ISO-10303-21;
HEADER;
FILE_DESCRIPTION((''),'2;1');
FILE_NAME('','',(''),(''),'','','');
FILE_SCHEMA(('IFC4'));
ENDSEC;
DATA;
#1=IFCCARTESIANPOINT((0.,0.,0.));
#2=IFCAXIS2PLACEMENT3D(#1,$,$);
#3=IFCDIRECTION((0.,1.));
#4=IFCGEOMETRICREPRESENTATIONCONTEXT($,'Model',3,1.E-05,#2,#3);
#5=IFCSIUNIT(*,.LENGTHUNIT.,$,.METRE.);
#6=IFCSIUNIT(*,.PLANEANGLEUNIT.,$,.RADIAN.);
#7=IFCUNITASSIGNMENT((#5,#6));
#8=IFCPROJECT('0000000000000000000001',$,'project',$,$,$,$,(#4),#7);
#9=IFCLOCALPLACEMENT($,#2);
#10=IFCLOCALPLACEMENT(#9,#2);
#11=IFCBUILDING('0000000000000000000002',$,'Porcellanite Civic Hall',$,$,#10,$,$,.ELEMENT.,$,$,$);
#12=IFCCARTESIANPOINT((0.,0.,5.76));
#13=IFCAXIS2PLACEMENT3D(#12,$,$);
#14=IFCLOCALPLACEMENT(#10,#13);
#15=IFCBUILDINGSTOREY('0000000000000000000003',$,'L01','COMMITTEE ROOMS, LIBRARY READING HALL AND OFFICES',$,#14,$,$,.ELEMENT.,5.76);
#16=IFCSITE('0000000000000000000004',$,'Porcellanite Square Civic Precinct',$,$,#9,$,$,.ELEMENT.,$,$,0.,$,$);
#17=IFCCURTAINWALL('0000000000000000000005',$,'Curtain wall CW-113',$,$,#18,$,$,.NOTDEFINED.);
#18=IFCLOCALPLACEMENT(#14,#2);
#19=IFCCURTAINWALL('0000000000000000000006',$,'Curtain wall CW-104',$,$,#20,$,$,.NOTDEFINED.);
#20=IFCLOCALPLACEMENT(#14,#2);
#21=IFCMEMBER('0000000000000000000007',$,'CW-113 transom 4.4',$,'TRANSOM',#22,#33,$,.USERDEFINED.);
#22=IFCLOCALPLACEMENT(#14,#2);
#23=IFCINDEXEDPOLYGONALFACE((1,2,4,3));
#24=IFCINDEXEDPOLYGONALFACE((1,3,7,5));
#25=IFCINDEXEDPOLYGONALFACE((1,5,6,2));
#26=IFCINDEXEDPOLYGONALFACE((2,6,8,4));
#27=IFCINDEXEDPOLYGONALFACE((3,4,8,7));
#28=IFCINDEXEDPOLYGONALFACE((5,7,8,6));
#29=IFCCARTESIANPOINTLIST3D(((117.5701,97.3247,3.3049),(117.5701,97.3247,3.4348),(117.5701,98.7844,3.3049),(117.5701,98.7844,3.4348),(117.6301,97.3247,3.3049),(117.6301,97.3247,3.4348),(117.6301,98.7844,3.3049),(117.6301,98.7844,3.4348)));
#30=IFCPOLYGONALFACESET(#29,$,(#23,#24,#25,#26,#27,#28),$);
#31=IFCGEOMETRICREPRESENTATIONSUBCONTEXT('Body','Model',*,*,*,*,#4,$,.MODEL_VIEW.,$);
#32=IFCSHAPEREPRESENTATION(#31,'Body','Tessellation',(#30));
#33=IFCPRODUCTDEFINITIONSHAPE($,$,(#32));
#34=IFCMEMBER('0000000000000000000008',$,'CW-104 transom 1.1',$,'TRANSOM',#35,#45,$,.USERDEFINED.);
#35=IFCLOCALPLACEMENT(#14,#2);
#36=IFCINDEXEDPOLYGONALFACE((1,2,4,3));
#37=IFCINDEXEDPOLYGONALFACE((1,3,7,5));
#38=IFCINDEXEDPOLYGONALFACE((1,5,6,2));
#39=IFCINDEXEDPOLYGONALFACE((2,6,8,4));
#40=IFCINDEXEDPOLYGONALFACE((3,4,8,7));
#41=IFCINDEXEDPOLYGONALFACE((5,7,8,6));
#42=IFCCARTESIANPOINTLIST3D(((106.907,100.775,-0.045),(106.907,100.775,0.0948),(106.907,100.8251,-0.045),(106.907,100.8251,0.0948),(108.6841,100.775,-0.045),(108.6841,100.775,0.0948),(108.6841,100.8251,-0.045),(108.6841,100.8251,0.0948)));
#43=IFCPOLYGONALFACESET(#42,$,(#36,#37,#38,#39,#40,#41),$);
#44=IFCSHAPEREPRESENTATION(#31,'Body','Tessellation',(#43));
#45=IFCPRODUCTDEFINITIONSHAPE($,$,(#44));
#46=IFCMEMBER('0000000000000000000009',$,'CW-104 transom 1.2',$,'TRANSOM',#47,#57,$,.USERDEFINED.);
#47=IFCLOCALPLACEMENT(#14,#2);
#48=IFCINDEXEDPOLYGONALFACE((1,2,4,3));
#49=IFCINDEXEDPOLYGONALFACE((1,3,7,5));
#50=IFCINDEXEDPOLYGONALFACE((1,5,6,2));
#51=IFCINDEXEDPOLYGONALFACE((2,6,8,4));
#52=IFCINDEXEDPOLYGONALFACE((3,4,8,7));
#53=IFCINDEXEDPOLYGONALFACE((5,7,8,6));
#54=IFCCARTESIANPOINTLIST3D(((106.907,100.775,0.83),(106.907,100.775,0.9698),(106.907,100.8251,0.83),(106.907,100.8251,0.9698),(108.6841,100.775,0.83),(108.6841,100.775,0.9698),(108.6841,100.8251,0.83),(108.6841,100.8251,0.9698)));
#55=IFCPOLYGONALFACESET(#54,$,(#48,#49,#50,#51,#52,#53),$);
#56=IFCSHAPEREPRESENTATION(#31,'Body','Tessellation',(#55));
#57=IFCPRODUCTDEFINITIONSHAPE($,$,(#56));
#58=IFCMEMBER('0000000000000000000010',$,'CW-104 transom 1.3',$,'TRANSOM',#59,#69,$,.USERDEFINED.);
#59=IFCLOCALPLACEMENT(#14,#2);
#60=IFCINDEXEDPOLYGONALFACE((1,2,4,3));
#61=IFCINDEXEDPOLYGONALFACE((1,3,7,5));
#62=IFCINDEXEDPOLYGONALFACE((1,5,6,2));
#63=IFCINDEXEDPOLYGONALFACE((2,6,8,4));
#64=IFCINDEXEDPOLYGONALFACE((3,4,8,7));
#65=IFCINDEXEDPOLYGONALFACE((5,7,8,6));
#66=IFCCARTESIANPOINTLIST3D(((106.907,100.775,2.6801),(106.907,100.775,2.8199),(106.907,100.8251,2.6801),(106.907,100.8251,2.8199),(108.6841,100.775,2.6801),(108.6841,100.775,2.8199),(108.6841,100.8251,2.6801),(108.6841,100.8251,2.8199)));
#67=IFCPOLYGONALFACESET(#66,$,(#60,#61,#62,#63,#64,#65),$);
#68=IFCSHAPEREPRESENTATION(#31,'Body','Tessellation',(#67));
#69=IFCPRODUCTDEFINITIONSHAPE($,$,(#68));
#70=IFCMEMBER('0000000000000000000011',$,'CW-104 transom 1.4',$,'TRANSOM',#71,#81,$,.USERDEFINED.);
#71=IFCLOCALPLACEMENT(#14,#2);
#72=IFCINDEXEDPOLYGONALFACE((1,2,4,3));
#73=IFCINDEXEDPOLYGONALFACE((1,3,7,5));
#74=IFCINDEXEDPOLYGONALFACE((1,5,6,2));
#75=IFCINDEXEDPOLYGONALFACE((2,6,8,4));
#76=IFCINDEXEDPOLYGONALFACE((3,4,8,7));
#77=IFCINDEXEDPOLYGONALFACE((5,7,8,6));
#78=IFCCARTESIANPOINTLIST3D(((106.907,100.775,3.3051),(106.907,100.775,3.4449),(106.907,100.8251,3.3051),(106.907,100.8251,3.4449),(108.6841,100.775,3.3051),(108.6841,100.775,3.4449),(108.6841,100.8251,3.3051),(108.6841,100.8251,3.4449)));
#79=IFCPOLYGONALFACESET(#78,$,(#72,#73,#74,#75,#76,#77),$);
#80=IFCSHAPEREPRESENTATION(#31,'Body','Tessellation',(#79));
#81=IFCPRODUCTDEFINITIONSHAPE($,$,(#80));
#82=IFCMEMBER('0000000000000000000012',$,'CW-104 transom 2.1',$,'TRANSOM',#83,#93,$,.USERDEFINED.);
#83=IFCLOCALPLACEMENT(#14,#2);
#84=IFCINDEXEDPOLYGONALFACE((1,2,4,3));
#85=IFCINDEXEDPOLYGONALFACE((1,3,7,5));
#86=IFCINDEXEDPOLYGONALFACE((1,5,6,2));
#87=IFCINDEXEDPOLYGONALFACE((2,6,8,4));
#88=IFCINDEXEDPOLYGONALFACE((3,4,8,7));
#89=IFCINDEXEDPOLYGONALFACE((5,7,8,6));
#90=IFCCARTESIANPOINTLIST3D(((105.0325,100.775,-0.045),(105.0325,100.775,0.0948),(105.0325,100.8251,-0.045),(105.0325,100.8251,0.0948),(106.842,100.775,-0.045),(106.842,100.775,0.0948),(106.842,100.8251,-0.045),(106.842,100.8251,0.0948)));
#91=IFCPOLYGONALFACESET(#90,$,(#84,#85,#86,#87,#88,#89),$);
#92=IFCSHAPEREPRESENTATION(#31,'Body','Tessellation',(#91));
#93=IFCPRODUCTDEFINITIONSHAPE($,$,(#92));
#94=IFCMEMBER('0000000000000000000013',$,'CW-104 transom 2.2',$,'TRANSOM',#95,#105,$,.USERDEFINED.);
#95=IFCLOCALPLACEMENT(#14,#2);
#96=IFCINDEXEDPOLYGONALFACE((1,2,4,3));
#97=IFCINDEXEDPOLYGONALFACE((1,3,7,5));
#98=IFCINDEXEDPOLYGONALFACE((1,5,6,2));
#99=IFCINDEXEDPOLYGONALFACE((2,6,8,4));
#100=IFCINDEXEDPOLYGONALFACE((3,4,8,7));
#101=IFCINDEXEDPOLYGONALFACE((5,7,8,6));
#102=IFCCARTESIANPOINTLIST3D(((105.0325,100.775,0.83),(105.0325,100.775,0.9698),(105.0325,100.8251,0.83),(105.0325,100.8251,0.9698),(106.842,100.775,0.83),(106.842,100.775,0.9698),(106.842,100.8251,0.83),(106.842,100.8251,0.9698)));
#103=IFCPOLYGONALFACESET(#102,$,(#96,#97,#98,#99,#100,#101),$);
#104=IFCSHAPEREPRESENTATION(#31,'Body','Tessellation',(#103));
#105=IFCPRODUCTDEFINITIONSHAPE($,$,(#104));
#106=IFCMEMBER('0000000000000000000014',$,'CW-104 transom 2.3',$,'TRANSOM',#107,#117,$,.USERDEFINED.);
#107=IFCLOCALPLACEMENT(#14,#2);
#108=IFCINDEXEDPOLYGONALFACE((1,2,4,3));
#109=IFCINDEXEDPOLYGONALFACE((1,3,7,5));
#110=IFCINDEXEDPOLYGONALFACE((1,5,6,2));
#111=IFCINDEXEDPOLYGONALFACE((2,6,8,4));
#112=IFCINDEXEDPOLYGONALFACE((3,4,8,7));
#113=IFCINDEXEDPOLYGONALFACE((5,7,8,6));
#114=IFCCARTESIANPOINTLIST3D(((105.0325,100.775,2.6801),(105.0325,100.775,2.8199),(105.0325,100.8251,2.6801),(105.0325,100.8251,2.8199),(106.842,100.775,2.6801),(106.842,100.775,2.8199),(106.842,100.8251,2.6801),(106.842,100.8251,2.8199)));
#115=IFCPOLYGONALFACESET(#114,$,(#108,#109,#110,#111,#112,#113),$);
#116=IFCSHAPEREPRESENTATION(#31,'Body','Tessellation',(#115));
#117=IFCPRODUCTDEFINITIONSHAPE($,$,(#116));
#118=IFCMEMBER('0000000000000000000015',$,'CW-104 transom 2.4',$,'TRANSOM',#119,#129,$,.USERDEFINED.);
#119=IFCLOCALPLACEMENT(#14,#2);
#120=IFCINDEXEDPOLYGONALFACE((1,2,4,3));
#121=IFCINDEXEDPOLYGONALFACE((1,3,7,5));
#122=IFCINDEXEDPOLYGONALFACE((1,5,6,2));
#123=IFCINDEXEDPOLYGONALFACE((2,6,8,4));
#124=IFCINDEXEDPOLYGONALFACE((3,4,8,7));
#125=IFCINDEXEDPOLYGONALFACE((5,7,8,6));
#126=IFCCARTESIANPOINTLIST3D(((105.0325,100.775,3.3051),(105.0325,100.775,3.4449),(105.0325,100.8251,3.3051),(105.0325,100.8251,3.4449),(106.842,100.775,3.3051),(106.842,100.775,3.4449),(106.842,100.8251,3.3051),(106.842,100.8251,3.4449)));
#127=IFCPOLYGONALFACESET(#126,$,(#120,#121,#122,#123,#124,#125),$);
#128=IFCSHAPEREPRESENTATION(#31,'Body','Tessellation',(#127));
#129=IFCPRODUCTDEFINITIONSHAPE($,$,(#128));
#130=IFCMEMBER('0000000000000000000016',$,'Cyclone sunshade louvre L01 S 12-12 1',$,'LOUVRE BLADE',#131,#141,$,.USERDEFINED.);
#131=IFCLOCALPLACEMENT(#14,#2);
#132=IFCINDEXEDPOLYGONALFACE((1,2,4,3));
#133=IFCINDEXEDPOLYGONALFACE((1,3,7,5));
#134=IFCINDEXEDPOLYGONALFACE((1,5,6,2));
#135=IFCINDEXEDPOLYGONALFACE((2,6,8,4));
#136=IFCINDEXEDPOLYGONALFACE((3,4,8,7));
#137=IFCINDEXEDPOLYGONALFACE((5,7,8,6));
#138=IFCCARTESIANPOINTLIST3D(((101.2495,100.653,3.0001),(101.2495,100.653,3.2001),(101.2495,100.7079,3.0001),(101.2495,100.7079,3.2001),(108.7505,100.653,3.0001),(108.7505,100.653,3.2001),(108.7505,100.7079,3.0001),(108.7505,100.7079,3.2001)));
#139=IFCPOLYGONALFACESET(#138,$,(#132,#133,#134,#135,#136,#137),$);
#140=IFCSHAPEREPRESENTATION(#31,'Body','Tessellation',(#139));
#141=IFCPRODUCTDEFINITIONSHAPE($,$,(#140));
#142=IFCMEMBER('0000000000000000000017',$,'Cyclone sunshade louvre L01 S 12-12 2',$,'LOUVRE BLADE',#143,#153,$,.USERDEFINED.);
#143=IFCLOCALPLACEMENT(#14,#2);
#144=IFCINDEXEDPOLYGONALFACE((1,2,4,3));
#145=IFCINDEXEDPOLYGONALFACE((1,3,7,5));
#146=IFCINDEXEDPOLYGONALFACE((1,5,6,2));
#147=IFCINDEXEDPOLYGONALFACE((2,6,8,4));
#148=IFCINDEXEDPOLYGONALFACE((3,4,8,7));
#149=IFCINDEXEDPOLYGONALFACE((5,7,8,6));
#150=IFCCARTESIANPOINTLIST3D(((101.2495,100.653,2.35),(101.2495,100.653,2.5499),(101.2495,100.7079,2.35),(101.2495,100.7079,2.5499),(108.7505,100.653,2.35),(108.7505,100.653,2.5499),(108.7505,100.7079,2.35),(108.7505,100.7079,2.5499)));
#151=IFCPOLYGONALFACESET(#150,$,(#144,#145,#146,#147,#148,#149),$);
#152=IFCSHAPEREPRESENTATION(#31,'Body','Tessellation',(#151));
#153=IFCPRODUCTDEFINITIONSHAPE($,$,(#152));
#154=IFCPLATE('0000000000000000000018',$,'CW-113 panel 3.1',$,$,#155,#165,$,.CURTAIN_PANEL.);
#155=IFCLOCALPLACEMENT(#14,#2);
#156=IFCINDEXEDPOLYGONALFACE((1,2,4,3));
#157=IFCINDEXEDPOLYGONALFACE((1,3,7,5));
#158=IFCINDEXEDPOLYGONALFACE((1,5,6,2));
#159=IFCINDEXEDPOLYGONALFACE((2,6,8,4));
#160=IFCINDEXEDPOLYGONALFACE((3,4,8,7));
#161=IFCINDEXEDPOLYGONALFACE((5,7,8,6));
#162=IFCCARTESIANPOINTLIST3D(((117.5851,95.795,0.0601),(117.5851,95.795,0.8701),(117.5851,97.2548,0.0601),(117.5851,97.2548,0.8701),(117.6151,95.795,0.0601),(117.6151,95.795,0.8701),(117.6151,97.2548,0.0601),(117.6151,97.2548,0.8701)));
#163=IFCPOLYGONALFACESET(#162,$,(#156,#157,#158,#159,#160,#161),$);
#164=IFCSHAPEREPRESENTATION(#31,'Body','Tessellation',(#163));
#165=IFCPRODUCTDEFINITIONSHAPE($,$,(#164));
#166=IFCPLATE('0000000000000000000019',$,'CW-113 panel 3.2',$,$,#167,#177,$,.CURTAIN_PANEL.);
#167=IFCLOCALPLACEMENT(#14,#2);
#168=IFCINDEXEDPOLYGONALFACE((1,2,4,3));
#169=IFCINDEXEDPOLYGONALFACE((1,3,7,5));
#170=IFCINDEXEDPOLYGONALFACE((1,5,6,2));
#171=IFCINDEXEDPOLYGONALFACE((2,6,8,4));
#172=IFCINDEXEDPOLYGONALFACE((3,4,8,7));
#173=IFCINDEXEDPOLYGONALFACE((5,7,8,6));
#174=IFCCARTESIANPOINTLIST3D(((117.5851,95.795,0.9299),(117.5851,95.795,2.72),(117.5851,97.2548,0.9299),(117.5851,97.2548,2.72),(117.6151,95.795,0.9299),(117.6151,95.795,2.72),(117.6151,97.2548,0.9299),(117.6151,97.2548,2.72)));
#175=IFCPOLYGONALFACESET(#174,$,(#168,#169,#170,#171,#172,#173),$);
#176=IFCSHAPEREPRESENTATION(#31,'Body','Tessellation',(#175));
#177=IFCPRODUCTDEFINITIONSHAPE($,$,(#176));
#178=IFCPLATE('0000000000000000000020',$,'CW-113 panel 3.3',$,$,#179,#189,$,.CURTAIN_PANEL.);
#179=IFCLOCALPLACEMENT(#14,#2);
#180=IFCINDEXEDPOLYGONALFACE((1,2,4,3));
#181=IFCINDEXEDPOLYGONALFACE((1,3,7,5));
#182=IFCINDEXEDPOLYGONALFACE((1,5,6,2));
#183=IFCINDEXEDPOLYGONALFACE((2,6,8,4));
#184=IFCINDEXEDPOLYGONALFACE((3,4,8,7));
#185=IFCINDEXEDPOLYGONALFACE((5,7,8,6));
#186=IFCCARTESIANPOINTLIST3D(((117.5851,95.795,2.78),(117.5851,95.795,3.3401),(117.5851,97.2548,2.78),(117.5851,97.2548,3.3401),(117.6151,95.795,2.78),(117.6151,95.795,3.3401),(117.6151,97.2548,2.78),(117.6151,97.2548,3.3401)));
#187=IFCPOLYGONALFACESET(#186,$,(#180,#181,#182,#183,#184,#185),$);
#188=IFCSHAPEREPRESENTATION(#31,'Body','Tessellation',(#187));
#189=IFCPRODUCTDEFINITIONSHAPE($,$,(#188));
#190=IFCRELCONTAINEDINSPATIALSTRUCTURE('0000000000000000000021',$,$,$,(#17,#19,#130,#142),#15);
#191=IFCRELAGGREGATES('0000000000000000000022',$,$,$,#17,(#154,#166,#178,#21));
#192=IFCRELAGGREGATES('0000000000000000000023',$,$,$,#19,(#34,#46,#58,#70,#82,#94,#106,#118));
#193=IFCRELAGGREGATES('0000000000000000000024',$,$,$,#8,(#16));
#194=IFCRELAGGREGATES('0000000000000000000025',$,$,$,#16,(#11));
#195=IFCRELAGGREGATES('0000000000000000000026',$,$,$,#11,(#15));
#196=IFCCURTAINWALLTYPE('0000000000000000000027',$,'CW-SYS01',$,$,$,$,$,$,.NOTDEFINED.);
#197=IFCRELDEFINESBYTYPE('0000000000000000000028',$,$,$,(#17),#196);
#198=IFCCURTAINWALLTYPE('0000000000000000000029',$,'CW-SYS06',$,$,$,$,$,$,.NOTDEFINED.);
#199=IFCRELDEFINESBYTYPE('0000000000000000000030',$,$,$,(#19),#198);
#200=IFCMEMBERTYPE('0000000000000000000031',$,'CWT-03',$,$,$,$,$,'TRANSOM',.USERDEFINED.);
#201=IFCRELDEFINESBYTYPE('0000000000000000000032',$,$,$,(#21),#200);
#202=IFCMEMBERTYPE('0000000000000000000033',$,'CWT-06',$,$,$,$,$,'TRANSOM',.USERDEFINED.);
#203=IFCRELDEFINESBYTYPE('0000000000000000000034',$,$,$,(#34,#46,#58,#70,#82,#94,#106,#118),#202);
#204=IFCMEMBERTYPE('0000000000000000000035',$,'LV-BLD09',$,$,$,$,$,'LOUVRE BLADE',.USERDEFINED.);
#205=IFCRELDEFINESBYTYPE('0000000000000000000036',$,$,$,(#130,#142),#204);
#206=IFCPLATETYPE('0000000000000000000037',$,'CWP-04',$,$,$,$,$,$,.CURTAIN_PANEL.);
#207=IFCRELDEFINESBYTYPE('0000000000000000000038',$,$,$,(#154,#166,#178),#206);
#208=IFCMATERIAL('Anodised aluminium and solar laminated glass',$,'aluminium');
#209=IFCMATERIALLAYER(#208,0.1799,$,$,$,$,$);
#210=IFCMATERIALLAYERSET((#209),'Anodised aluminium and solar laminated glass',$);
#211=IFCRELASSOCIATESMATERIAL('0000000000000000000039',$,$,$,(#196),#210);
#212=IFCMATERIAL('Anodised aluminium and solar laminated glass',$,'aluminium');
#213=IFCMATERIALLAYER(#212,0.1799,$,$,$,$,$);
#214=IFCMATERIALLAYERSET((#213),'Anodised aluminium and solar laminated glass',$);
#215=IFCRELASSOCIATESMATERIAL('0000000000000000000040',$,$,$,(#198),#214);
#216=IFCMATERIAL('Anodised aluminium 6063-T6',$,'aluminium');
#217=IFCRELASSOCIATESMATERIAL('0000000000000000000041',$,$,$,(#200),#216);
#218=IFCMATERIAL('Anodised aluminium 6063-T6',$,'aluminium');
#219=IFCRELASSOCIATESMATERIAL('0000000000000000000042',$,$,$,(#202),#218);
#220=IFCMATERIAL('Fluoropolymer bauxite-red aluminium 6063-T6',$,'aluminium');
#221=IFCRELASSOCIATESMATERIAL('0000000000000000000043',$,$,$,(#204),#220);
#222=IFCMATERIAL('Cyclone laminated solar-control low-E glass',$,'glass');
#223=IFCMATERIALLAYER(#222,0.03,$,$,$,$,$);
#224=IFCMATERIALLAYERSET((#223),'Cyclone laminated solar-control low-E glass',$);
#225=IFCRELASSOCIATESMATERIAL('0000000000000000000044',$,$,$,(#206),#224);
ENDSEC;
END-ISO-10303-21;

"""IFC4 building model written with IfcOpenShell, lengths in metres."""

from ifc_helpers import new_model, si_unit, direction, frame, origin, origin_2d, place, context, subcontext, project, spatial, rectangle, extrude, material, layer, layer_set, material_profile, profile_set, type_object, element, aggregate, save


model = new_model("IFC4")

# Units and contexts
model_context = context("Model", 3, precision=1e-05, world=origin(), true_north=direction((0.0, 1.0)))
body_context = subcontext(model_context, "Body", "Model", "MODEL_VIEW")
ifc_project = project(units=[si_unit("LENGTHUNIT", "METRE"), si_unit("PLANEANGLEUNIT", "RADIAN")], contexts=[model_context])

# Site, building, storey
site_placement = place(None, origin())
site = spatial("IfcSite", under=ifc_project, at=site_placement, Name="Porcellanite Square Civic Precinct", CompositionType="ELEMENT", RefElevation=0.0)
building_placement = place(site_placement, origin())
building = spatial("IfcBuilding", under=site, at=building_placement, Name="Porcellanite Civic Hall", CompositionType="ELEMENT")
storey_placement = place(building_placement, frame((0.0, 0.0, 5.76)))
storey = spatial("IfcBuildingStorey", under=building, at=storey_placement, Name="L01", Description="COMMITTEE ROOMS, LIBRARY READING HALL AND OFFICES", CompositionType="ELEMENT", Elevation=5.76)

# Curtain walls
ifc_material_1 = material(Name="Anodised aluminium and solar laminated glass", Category="aluminium")
ifc_layer_1 = layer(ifc_material_1, 0.1799)
ifc_layer_set_1 = layer_set([ifc_layer_1], Name="Anodised aluminium and solar laminated glass")
curtain_wall_type_1 = type_object("IfcCurtainWallType", Name="CW-SYS01", PredefinedType="NOTDEFINED", material=ifc_layer_set_1)
curtain_wall_1_placement = place(storey_placement, origin())
curtain_wall_1 = element("IfcCurtainWall", 1, at=curtain_wall_1_placement, inside=storey, type_object=curtain_wall_type_1, Name="Curtain wall CW-113", PredefinedType="NOTDEFINED")
ifc_material_2 = material(Name="Anodised aluminium and solar laminated glass", Category="aluminium")
ifc_layer_2 = layer(ifc_material_2, 0.1799)
ifc_layer_set_2 = layer_set([ifc_layer_2], Name="Anodised aluminium and solar laminated glass")
curtain_wall_type_2 = type_object("IfcCurtainWallType", Name="CW-SYS06", PredefinedType="NOTDEFINED", material=ifc_layer_set_2)
curtain_wall_2_placement = place(storey_placement, origin())
curtain_wall_2 = element("IfcCurtainWall", 2, at=curtain_wall_2_placement, inside=storey, type_object=curtain_wall_type_2, Name="Curtain wall CW-104", PredefinedType="NOTDEFINED")

# Members
ifc_material_3 = material(Name="Anodised aluminium 6063-T6", Category="aluminium")
ifc_material_profile_1 = material_profile(ifc_material_3, rectangle(XDim=0.0601, YDim=0.1299, at=origin_2d()), Name="AL-60x130")
ifc_profile_set_1 = profile_set([ifc_material_profile_1], Name="Anodised aluminium 6063-T6")
member_type_1 = type_object("IfcMemberType", Name="CWT-03", ElementType="TRANSOM", PredefinedType="USERDEFINED", material=ifc_profile_set_1)
member_1_placement = place(storey_placement, frame((117.6001, 97.3247, 3.3699), z_axis=(0.0, 1.0, 0.0), x_axis=(-1.0, 0.0, 0.0)))
member_1 = element("IfcMember", 3, at=member_1_placement, type_object=member_type_1, Name="CW-113 transom 4.4", ObjectType="TRANSOM", PredefinedType="USERDEFINED", context=body_context, shape_type="SweptSolid", body=[
    extrude(rectangle(XDim=0.0601, YDim=0.1299, at=origin_2d()), origin(), (0.0, 0.0, 1.0), 1.4597),
])
ifc_material_4 = material(Name="Anodised aluminium 6063-T6", Category="aluminium")
ifc_material_profile_2 = material_profile(ifc_material_4, rectangle(XDim=0.05, YDim=0.1399, at=origin_2d()), Name="AL-50x140")
ifc_profile_set_2 = profile_set([ifc_material_profile_2], Name="Anodised aluminium 6063-T6")
member_type_2 = type_object("IfcMemberType", Name="CWT-06", ElementType="TRANSOM", PredefinedType="USERDEFINED", material=ifc_profile_set_2)
member_2_placement = place(storey_placement, frame((108.6841, 100.8, 0.0249), z_axis=(-1.0, 0.0, 0.0), x_axis=(0.0, -1.0, 0.0)))
member_2 = element("IfcMember", 4, at=member_2_placement, type_object=member_type_2, Name="CW-104 transom 1.1", ObjectType="TRANSOM", PredefinedType="USERDEFINED", context=body_context, shape_type="SweptSolid", body=[
    extrude(rectangle(XDim=0.05, YDim=0.1399, at=origin_2d()), origin(), (0.0, 0.0, 1.0), 1.7771),
])
member_3_placement = place(storey_placement, frame((108.6841, 100.8, 0.8999), z_axis=(-1.0, 0.0, 0.0), x_axis=(0.0, -1.0, 0.0)))
member_3 = element("IfcMember", 5, at=member_3_placement, type_object=member_type_2, Name="CW-104 transom 1.2", ObjectType="TRANSOM", PredefinedType="USERDEFINED", context=body_context, shape_type="SweptSolid", body=[
    extrude(rectangle(XDim=0.05, YDim=0.1399, at=origin_2d()), origin(), (0.0, 0.0, 1.0), 1.7771),
])
member_4_placement = place(storey_placement, frame((108.6841, 100.8, 2.75), z_axis=(-1.0, 0.0, 0.0), x_axis=(0.0, -1.0, 0.0)))
member_4 = element("IfcMember", 6, at=member_4_placement, type_object=member_type_2, Name="CW-104 transom 1.3", ObjectType="TRANSOM", PredefinedType="USERDEFINED", context=body_context, shape_type="SweptSolid", body=[
    extrude(rectangle(XDim=0.05, YDim=0.1399, at=origin_2d()), origin(), (0.0, 0.0, 1.0), 1.7771),
])
member_5_placement = place(storey_placement, frame((108.6841, 100.8, 3.375), z_axis=(-1.0, 0.0, 0.0), x_axis=(0.0, -1.0, 0.0)))
member_5 = element("IfcMember", 7, at=member_5_placement, type_object=member_type_2, Name="CW-104 transom 1.4", ObjectType="TRANSOM", PredefinedType="USERDEFINED", context=body_context, shape_type="SweptSolid", body=[
    extrude(rectangle(XDim=0.05, YDim=0.1399, at=origin_2d()), origin(), (0.0, 0.0, 1.0), 1.7771),
])
member_6_placement = place(storey_placement, frame((106.842, 100.8, 0.0249), z_axis=(-1.0, 0.0, 0.0), x_axis=(0.0, -1.0, 0.0)))
member_6 = element("IfcMember", 8, at=member_6_placement, type_object=member_type_2, Name="CW-104 transom 2.1", ObjectType="TRANSOM", PredefinedType="USERDEFINED", context=body_context, shape_type="SweptSolid", body=[
    extrude(rectangle(XDim=0.05, YDim=0.1399, at=origin_2d()), origin(), (0.0, 0.0, 1.0), 1.8096),
])
member_7_placement = place(storey_placement, frame((106.842, 100.8, 0.8999), z_axis=(-1.0, 0.0, 0.0), x_axis=(0.0, -1.0, 0.0)))
member_7 = element("IfcMember", 9, at=member_7_placement, type_object=member_type_2, Name="CW-104 transom 2.2", ObjectType="TRANSOM", PredefinedType="USERDEFINED", context=body_context, shape_type="SweptSolid", body=[
    extrude(rectangle(XDim=0.05, YDim=0.1399, at=origin_2d()), origin(), (0.0, 0.0, 1.0), 1.8096),
])
member_8_placement = place(storey_placement, frame((106.842, 100.8, 2.75), z_axis=(-1.0, 0.0, 0.0), x_axis=(0.0, -1.0, 0.0)))
member_8 = element("IfcMember", 10, at=member_8_placement, type_object=member_type_2, Name="CW-104 transom 2.3", ObjectType="TRANSOM", PredefinedType="USERDEFINED", context=body_context, shape_type="SweptSolid", body=[
    extrude(rectangle(XDim=0.05, YDim=0.1399, at=origin_2d()), origin(), (0.0, 0.0, 1.0), 1.8096),
])
member_9_placement = place(storey_placement, frame((106.842, 100.8, 3.375), z_axis=(-1.0, 0.0, 0.0), x_axis=(0.0, -1.0, 0.0)))
member_9 = element("IfcMember", 11, at=member_9_placement, type_object=member_type_2, Name="CW-104 transom 2.4", ObjectType="TRANSOM", PredefinedType="USERDEFINED", context=body_context, shape_type="SweptSolid", body=[
    extrude(rectangle(XDim=0.05, YDim=0.1399, at=origin_2d()), origin(), (0.0, 0.0, 1.0), 1.8096),
])

# Members
ifc_material_5 = material(Name="Fluoropolymer bauxite-red aluminium 6063-T6", Category="aluminium")
ifc_material_profile_3 = material_profile(ifc_material_5, rectangle(XDim=0.0549, YDim=0.2, at=origin_2d()), Name="AL-55x200")
ifc_profile_set_3 = profile_set([ifc_material_profile_3], Name="Fluoropolymer bauxite-red aluminium 6063-T6")
member_type_3 = type_object("IfcMemberType", Name="LV-BLD09", ElementType="LOUVRE BLADE", PredefinedType="USERDEFINED", material=ifc_profile_set_3)
for number, where, z_axis, x_axis, name in (
    (12, (108.7505, 100.6804, 3.1001), (-1.0, 0.0, 0.0), (0.0, -1.0, 0.0), "Cyclone sunshade louvre L01 S 12-12 1"),
    (13, (108.7505, 100.6804, 2.45), (-1.0, 0.0, 0.0), (0.0, -1.0, 0.0), "Cyclone sunshade louvre L01 S 12-12 2"),
):
    element("IfcMember", number, at=place(storey_placement, frame(where, z_axis=z_axis, x_axis=x_axis)), inside=storey, type_object=member_type_3, Name=name, ObjectType="LOUVRE BLADE", PredefinedType="USERDEFINED", context=body_context, shape_type="SweptSolid", body=[
        extrude(rectangle(XDim=0.0549, YDim=0.2, at=origin_2d()), origin(), (0.0, 0.0, 1.0), 7.501),
    ])

# Plates
ifc_material_6 = material(Name="Cyclone laminated solar-control low-E glass", Category="glass")
ifc_layer_3 = layer(ifc_material_6, 0.03)
ifc_layer_set_3 = layer_set([ifc_layer_3], Name="Cyclone laminated solar-control low-E glass")
plate_type_1 = type_object("IfcPlateType", Name="CWP-04", PredefinedType="CURTAIN_PANEL", material=ifc_layer_set_3)
plate_1_placement = place(storey_placement, frame((117.6001, 96.5249, 0.0601), z_axis=(0.0, 0.0, 1.0), x_axis=(0.0, 1.0, 0.0)))
plate_1 = element("IfcPlate", 14, at=plate_1_placement, type_object=plate_type_1, Name="CW-113 panel 3.1", PredefinedType="CURTAIN_PANEL", context=body_context, shape_type="SweptSolid", body=[
    extrude(rectangle(XDim=1.4597, YDim=0.03, at=origin_2d()), origin(), (0.0, 0.0, 1.0), 0.8101),
])
plate_2_placement = place(storey_placement, frame((117.6001, 96.5249, 0.9299), z_axis=(0.0, 0.0, 1.0), x_axis=(0.0, 1.0, 0.0)))
plate_2 = element("IfcPlate", 15, at=plate_2_placement, type_object=plate_type_1, Name="CW-113 panel 3.2", PredefinedType="CURTAIN_PANEL", context=body_context, shape_type="SweptSolid", body=[
    extrude(rectangle(XDim=1.4597, YDim=0.03, at=origin_2d()), origin(), (0.0, 0.0, 1.0), 1.79),
])
plate_3_placement = place(storey_placement, frame((117.6001, 96.5249, 2.78), z_axis=(0.0, 0.0, 1.0), x_axis=(0.0, 1.0, 0.0)))
plate_3 = element("IfcPlate", 16, at=plate_3_placement, type_object=plate_type_1, Name="CW-113 panel 3.3", PredefinedType="CURTAIN_PANEL", context=body_context, shape_type="SweptSolid", body=[
    extrude(rectangle(XDim=1.4597, YDim=0.03, at=origin_2d()), origin(), (0.0, 0.0, 1.0), 0.5601),
])
aggregate(curtain_wall_1, [plate_1, plate_2, plate_3, member_1])
aggregate(curtain_wall_2, [member_2, member_3, member_4, member_5, member_6, member_7, member_8, member_9])

save(model, "model.ifc")
